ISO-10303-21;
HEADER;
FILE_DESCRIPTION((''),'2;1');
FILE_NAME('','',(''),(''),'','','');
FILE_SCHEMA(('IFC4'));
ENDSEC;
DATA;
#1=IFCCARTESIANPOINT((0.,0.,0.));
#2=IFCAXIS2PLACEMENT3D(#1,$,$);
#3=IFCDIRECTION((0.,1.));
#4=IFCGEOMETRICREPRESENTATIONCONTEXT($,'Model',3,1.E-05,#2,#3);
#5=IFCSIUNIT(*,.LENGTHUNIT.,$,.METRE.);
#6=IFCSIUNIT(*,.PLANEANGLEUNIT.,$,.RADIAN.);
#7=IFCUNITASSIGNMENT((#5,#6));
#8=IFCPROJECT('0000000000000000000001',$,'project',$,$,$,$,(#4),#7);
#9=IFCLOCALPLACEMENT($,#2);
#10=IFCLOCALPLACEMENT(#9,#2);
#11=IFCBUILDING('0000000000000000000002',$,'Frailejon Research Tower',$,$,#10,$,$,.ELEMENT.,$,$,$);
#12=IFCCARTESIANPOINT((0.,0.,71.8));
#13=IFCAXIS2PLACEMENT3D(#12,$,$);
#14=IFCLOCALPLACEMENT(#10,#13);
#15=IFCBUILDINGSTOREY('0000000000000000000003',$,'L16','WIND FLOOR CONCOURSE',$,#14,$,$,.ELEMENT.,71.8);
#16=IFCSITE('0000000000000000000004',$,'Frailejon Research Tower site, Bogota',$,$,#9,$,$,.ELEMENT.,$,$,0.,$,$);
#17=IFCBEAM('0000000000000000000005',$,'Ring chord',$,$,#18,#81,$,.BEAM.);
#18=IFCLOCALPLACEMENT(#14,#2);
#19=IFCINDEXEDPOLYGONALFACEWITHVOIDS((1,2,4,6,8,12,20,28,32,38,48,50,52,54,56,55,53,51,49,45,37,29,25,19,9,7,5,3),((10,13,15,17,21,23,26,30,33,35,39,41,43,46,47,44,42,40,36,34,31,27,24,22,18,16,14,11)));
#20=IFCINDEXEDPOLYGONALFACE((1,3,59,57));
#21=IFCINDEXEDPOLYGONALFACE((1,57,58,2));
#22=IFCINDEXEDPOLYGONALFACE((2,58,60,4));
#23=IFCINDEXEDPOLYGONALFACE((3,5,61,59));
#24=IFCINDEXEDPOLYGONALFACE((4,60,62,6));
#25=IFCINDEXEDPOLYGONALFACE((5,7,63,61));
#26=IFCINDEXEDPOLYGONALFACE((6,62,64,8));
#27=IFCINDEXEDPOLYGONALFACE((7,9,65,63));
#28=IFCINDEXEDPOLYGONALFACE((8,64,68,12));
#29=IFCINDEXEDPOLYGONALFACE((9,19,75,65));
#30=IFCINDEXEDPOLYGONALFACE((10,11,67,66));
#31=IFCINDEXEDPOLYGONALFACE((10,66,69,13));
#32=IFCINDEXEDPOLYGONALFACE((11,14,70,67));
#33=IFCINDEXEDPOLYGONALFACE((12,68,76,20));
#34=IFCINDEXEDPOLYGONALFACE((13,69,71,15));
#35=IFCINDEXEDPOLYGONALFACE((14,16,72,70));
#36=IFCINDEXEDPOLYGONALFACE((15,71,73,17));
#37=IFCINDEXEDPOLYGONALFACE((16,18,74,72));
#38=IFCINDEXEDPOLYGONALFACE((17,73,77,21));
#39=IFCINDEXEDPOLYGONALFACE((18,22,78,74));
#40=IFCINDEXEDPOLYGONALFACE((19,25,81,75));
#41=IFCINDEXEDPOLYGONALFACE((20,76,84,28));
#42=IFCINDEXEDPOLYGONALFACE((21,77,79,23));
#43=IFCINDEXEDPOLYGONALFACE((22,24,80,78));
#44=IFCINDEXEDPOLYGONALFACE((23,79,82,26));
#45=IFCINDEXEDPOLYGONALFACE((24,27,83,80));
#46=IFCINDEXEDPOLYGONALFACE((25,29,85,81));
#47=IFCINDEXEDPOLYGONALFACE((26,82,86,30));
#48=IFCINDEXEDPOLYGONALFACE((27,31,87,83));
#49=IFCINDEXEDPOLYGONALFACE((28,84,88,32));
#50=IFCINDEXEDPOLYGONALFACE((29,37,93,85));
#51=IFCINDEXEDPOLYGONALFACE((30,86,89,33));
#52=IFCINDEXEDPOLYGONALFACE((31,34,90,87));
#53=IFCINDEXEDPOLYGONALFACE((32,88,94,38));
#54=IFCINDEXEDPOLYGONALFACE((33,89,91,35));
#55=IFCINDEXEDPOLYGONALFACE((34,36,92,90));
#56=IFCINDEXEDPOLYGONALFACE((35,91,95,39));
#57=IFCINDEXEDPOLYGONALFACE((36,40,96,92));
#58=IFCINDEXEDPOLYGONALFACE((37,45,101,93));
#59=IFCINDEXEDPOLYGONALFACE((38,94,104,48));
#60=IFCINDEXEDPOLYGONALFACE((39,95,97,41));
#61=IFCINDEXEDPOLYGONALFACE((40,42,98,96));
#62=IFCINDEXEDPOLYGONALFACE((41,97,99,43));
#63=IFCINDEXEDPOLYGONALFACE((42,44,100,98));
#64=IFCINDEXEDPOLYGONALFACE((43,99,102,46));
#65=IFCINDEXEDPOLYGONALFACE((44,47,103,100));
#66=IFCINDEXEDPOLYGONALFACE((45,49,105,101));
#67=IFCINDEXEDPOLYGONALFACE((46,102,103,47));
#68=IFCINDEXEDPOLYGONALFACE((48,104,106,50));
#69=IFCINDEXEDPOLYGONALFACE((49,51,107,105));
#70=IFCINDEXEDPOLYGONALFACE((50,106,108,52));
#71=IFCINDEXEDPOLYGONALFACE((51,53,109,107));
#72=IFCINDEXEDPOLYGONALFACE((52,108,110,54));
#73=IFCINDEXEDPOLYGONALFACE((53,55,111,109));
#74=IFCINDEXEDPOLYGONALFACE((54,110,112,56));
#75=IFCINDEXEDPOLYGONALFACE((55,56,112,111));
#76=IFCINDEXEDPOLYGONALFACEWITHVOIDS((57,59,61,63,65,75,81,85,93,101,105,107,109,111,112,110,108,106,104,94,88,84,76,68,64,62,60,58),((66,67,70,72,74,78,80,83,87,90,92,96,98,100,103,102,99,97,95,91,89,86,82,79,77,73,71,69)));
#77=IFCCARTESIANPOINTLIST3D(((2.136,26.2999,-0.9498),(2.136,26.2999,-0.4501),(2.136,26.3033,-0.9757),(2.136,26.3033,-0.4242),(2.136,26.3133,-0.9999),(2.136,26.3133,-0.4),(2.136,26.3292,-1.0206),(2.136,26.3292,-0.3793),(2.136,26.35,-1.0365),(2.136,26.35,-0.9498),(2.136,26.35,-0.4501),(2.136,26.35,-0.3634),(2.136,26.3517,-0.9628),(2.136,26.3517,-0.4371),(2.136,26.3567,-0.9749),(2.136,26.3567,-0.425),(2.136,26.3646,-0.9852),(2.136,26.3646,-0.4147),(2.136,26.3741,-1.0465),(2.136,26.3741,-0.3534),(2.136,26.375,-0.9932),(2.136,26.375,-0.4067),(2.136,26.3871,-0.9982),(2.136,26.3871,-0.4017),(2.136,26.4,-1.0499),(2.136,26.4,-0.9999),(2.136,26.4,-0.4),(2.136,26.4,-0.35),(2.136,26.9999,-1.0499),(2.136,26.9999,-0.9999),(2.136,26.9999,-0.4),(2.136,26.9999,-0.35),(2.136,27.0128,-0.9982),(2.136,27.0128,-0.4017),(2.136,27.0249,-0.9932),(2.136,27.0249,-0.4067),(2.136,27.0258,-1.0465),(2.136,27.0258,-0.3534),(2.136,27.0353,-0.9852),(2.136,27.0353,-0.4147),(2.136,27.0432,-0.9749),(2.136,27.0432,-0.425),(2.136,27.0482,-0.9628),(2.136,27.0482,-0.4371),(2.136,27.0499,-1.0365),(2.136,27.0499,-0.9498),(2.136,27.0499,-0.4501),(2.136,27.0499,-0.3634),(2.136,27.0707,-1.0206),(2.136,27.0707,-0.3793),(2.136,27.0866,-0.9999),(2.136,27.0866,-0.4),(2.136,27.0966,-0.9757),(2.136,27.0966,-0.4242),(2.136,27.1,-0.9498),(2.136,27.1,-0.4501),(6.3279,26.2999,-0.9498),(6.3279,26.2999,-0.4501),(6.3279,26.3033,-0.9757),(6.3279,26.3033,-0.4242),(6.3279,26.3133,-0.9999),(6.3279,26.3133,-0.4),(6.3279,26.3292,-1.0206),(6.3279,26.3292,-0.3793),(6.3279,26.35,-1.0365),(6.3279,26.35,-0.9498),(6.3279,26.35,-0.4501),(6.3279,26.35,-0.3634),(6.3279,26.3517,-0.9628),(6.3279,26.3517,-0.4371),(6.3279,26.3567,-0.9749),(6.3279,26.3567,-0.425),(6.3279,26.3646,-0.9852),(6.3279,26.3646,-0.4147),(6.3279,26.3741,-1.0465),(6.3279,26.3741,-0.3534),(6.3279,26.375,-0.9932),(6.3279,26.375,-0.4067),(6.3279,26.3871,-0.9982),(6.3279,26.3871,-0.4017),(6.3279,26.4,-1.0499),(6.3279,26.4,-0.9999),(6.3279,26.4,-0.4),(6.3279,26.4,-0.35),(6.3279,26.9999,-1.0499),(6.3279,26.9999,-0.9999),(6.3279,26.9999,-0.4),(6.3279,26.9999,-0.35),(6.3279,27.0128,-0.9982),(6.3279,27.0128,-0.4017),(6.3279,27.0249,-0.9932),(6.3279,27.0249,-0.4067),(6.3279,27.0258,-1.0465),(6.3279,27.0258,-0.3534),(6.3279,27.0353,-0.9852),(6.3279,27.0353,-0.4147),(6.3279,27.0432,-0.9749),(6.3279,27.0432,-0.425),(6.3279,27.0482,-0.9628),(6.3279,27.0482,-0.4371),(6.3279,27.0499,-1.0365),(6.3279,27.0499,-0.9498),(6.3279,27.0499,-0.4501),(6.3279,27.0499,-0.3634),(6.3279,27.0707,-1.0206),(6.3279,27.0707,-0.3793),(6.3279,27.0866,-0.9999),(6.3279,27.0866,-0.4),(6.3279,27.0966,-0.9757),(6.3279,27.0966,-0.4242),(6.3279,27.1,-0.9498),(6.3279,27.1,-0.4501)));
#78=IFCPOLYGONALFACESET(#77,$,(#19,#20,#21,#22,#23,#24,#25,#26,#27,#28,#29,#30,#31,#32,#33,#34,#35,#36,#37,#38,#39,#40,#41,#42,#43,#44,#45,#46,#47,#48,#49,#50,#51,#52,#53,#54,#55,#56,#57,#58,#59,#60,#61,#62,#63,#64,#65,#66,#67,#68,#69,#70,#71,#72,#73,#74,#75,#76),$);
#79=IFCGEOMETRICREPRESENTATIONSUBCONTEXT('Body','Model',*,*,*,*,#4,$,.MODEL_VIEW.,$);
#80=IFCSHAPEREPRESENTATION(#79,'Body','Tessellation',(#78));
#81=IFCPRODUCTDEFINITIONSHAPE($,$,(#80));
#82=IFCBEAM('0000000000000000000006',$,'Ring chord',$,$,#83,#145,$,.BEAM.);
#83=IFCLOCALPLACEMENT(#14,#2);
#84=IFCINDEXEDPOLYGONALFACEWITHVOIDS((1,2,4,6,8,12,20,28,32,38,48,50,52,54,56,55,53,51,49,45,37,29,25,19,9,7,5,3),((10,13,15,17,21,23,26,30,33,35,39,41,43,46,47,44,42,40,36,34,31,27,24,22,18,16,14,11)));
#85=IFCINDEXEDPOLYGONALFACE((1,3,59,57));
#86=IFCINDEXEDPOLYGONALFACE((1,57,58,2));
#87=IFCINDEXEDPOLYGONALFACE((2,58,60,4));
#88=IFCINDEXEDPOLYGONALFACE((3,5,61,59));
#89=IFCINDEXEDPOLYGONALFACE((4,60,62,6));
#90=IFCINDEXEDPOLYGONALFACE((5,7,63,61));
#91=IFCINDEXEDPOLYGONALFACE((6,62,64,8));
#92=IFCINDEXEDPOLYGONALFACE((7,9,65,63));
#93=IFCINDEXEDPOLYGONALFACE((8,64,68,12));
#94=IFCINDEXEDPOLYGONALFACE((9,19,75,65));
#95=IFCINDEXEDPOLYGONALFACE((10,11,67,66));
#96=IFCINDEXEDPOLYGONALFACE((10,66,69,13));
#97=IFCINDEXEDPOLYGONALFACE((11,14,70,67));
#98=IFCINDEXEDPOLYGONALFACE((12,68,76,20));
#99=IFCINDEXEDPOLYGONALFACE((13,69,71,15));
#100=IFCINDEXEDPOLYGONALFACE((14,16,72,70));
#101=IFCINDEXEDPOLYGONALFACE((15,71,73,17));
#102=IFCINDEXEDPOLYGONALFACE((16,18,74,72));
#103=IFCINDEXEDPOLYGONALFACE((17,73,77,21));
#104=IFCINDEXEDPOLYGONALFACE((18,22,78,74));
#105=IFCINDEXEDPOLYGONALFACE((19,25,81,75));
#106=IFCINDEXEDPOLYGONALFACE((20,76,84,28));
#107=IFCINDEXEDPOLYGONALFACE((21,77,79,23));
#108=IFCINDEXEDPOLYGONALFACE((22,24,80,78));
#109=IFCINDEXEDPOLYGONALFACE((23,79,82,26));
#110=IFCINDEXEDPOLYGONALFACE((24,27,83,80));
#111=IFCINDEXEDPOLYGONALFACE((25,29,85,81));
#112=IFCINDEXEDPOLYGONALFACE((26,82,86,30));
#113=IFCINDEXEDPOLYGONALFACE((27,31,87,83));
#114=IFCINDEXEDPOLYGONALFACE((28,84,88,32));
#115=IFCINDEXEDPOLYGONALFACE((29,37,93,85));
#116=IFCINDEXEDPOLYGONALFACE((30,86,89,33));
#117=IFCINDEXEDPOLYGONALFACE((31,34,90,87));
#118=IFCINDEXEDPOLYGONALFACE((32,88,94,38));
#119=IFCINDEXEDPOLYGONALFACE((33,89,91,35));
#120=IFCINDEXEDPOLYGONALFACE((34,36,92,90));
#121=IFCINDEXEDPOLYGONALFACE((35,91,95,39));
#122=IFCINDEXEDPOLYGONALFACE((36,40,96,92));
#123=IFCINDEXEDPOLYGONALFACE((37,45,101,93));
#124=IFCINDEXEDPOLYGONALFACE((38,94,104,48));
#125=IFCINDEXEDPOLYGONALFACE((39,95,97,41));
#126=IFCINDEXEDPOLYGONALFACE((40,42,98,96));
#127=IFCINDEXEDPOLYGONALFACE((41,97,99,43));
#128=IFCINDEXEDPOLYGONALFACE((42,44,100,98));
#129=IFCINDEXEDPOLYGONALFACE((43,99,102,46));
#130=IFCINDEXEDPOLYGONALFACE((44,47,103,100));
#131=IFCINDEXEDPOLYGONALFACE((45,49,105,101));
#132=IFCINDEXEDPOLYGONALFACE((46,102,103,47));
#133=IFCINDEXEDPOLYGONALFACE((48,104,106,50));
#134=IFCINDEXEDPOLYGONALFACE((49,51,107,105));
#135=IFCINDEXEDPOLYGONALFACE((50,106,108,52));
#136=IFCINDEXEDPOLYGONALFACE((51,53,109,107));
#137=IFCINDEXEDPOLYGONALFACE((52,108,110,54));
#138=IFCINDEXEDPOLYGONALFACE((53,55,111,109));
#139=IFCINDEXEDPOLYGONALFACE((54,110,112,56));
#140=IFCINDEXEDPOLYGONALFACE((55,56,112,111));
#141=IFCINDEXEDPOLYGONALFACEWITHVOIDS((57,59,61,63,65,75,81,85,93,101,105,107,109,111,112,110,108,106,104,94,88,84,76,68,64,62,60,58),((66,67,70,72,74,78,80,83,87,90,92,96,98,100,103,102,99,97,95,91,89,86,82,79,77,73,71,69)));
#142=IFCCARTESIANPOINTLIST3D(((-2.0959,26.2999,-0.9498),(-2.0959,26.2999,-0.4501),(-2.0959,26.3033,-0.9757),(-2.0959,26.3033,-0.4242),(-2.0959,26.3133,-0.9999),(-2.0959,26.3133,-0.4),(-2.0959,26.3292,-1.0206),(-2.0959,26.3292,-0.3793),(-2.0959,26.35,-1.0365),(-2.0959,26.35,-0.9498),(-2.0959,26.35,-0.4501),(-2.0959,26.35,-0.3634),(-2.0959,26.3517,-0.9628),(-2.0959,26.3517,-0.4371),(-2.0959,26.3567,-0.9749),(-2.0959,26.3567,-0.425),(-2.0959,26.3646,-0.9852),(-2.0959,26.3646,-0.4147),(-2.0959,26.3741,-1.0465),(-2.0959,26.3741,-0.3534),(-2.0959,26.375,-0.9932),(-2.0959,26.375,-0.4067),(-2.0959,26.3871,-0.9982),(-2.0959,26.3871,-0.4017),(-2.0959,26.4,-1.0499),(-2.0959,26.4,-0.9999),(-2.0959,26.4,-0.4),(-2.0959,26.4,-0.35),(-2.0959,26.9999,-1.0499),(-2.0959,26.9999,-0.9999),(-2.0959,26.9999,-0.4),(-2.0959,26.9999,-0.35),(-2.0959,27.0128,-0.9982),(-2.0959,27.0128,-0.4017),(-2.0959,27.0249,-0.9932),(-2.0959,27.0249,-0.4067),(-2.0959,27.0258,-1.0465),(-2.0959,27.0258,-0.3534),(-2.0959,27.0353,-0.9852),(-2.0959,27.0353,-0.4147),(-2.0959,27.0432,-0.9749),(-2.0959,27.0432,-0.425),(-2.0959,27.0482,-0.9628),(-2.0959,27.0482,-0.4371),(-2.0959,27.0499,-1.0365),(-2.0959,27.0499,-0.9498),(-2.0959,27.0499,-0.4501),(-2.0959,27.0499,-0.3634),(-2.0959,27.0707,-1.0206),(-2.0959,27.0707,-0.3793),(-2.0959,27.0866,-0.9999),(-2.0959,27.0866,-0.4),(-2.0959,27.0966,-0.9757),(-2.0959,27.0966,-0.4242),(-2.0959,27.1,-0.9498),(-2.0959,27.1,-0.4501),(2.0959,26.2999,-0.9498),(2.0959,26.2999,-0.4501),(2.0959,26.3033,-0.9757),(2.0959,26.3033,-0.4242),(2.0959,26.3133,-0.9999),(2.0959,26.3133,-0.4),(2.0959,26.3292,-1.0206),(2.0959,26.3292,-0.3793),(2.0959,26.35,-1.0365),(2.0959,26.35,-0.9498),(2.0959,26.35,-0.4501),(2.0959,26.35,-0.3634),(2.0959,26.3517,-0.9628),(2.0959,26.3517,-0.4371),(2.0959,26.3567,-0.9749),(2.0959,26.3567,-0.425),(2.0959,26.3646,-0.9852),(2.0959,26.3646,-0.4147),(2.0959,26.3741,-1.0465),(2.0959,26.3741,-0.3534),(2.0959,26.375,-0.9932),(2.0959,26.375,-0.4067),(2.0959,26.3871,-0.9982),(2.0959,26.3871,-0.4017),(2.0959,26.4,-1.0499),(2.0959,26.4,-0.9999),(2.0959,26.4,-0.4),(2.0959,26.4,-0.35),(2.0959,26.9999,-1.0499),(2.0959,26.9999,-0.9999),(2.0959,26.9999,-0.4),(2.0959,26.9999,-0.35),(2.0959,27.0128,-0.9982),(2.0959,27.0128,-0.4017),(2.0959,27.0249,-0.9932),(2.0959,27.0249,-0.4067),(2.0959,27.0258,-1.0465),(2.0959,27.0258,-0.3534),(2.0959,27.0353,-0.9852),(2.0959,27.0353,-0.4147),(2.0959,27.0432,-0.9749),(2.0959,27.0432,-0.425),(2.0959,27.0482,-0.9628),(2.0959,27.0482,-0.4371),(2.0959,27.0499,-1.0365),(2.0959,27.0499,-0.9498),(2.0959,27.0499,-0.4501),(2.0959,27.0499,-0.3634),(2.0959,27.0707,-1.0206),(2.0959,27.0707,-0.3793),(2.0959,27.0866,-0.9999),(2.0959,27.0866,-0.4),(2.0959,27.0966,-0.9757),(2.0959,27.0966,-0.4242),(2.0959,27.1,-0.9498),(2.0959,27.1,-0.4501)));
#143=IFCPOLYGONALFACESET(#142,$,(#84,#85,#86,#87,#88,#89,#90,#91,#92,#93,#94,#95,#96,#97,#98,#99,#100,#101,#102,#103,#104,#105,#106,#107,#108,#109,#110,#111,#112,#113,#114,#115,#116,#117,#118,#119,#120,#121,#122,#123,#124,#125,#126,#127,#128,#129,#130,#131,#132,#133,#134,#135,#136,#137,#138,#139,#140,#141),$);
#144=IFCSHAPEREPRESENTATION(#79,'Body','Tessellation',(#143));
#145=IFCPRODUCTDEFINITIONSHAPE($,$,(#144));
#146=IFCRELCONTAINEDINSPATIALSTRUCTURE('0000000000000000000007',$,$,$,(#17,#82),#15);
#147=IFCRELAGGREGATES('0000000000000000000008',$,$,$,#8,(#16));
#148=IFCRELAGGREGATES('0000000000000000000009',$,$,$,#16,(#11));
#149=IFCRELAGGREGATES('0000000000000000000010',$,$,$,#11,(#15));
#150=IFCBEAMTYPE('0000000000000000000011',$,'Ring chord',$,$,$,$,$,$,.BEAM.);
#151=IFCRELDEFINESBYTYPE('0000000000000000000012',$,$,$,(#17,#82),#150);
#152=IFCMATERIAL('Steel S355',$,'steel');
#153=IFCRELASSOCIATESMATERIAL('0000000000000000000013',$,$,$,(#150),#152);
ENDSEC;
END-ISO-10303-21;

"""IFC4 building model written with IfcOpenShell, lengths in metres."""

from ifc_helpers import new_model, si_unit, direction, frame, origin, origin_2d, place, context, subcontext, project, spatial, hollow_rectangle, extrude, material, material_profile, profile_set, type_object, element, save


model = new_model("IFC4")

# Units and contexts
model_context = context("Model", 3, precision=1e-05, world=origin(), true_north=direction((0.0, 1.0)))
body_context = subcontext(model_context, "Body", "Model", "MODEL_VIEW")
ifc_project = project(units=[si_unit("LENGTHUNIT", "METRE"), si_unit("PLANEANGLEUNIT", "RADIAN")], contexts=[model_context])

# Site, building, storey
site_placement = place(None, origin())
site = spatial("IfcSite", under=ifc_project, at=site_placement, Name="Frailejon Research Tower site, Bogota", CompositionType="ELEMENT", RefElevation=0.0)
building_placement = place(site_placement, origin())
building = spatial("IfcBuilding", under=site, at=building_placement, Name="Frailejon Research Tower", CompositionType="ELEMENT")
storey_placement = place(building_placement, frame((0.0, 0.0, 71.8)))
storey = spatial("IfcBuildingStorey", under=building, at=storey_placement, Name="L16", Description="WIND FLOOR CONCOURSE", CompositionType="ELEMENT", Elevation=71.8)

# Beams
ifc_material_1 = material(Name="Steel S355", Category="steel")
ifc_material_profile_1 = material_profile(ifc_material_1, hollow_rectangle(XDim=0.8, YDim=0.7, WallThickness=0.05, InnerFilletRadius=0.05, OuterFilletRadius=0.1001, at=origin_2d()), Name="Ring chord")
ifc_profile_set_1 = profile_set([ifc_material_profile_1], Name="Steel S355")
beam_type_1 = type_object("IfcBeamType", Name="Ring chord", PredefinedType="BEAM", material=ifc_profile_set_1)
for number, where, z_axis, x_axis, name in (
    (1, (6.3279, 26.7, -0.7), (-1.0, 0.0, 0.0), (0.0, -1.0, 0.0), "Ring chord"),
    (2, (2.0959, 26.7, -0.7), (-1.0, 0.0, 0.0), (0.0, -1.0, 0.0), "Ring chord"),
):
    element("IfcBeam", number, at=place(storey_placement, frame(where, z_axis=z_axis, x_axis=x_axis)), inside=storey, type_object=beam_type_1, Name=name, PredefinedType="BEAM", context=body_context, shape_type="SweptSolid", body=[
        extrude(hollow_rectangle(XDim=0.8, YDim=0.7, WallThickness=0.05, InnerFilletRadius=0.05, OuterFilletRadius=0.1001, at=origin_2d()), origin(), (0.0, 0.0, 1.0), 4.1919),
    ])

save(model, "model.ifc")
